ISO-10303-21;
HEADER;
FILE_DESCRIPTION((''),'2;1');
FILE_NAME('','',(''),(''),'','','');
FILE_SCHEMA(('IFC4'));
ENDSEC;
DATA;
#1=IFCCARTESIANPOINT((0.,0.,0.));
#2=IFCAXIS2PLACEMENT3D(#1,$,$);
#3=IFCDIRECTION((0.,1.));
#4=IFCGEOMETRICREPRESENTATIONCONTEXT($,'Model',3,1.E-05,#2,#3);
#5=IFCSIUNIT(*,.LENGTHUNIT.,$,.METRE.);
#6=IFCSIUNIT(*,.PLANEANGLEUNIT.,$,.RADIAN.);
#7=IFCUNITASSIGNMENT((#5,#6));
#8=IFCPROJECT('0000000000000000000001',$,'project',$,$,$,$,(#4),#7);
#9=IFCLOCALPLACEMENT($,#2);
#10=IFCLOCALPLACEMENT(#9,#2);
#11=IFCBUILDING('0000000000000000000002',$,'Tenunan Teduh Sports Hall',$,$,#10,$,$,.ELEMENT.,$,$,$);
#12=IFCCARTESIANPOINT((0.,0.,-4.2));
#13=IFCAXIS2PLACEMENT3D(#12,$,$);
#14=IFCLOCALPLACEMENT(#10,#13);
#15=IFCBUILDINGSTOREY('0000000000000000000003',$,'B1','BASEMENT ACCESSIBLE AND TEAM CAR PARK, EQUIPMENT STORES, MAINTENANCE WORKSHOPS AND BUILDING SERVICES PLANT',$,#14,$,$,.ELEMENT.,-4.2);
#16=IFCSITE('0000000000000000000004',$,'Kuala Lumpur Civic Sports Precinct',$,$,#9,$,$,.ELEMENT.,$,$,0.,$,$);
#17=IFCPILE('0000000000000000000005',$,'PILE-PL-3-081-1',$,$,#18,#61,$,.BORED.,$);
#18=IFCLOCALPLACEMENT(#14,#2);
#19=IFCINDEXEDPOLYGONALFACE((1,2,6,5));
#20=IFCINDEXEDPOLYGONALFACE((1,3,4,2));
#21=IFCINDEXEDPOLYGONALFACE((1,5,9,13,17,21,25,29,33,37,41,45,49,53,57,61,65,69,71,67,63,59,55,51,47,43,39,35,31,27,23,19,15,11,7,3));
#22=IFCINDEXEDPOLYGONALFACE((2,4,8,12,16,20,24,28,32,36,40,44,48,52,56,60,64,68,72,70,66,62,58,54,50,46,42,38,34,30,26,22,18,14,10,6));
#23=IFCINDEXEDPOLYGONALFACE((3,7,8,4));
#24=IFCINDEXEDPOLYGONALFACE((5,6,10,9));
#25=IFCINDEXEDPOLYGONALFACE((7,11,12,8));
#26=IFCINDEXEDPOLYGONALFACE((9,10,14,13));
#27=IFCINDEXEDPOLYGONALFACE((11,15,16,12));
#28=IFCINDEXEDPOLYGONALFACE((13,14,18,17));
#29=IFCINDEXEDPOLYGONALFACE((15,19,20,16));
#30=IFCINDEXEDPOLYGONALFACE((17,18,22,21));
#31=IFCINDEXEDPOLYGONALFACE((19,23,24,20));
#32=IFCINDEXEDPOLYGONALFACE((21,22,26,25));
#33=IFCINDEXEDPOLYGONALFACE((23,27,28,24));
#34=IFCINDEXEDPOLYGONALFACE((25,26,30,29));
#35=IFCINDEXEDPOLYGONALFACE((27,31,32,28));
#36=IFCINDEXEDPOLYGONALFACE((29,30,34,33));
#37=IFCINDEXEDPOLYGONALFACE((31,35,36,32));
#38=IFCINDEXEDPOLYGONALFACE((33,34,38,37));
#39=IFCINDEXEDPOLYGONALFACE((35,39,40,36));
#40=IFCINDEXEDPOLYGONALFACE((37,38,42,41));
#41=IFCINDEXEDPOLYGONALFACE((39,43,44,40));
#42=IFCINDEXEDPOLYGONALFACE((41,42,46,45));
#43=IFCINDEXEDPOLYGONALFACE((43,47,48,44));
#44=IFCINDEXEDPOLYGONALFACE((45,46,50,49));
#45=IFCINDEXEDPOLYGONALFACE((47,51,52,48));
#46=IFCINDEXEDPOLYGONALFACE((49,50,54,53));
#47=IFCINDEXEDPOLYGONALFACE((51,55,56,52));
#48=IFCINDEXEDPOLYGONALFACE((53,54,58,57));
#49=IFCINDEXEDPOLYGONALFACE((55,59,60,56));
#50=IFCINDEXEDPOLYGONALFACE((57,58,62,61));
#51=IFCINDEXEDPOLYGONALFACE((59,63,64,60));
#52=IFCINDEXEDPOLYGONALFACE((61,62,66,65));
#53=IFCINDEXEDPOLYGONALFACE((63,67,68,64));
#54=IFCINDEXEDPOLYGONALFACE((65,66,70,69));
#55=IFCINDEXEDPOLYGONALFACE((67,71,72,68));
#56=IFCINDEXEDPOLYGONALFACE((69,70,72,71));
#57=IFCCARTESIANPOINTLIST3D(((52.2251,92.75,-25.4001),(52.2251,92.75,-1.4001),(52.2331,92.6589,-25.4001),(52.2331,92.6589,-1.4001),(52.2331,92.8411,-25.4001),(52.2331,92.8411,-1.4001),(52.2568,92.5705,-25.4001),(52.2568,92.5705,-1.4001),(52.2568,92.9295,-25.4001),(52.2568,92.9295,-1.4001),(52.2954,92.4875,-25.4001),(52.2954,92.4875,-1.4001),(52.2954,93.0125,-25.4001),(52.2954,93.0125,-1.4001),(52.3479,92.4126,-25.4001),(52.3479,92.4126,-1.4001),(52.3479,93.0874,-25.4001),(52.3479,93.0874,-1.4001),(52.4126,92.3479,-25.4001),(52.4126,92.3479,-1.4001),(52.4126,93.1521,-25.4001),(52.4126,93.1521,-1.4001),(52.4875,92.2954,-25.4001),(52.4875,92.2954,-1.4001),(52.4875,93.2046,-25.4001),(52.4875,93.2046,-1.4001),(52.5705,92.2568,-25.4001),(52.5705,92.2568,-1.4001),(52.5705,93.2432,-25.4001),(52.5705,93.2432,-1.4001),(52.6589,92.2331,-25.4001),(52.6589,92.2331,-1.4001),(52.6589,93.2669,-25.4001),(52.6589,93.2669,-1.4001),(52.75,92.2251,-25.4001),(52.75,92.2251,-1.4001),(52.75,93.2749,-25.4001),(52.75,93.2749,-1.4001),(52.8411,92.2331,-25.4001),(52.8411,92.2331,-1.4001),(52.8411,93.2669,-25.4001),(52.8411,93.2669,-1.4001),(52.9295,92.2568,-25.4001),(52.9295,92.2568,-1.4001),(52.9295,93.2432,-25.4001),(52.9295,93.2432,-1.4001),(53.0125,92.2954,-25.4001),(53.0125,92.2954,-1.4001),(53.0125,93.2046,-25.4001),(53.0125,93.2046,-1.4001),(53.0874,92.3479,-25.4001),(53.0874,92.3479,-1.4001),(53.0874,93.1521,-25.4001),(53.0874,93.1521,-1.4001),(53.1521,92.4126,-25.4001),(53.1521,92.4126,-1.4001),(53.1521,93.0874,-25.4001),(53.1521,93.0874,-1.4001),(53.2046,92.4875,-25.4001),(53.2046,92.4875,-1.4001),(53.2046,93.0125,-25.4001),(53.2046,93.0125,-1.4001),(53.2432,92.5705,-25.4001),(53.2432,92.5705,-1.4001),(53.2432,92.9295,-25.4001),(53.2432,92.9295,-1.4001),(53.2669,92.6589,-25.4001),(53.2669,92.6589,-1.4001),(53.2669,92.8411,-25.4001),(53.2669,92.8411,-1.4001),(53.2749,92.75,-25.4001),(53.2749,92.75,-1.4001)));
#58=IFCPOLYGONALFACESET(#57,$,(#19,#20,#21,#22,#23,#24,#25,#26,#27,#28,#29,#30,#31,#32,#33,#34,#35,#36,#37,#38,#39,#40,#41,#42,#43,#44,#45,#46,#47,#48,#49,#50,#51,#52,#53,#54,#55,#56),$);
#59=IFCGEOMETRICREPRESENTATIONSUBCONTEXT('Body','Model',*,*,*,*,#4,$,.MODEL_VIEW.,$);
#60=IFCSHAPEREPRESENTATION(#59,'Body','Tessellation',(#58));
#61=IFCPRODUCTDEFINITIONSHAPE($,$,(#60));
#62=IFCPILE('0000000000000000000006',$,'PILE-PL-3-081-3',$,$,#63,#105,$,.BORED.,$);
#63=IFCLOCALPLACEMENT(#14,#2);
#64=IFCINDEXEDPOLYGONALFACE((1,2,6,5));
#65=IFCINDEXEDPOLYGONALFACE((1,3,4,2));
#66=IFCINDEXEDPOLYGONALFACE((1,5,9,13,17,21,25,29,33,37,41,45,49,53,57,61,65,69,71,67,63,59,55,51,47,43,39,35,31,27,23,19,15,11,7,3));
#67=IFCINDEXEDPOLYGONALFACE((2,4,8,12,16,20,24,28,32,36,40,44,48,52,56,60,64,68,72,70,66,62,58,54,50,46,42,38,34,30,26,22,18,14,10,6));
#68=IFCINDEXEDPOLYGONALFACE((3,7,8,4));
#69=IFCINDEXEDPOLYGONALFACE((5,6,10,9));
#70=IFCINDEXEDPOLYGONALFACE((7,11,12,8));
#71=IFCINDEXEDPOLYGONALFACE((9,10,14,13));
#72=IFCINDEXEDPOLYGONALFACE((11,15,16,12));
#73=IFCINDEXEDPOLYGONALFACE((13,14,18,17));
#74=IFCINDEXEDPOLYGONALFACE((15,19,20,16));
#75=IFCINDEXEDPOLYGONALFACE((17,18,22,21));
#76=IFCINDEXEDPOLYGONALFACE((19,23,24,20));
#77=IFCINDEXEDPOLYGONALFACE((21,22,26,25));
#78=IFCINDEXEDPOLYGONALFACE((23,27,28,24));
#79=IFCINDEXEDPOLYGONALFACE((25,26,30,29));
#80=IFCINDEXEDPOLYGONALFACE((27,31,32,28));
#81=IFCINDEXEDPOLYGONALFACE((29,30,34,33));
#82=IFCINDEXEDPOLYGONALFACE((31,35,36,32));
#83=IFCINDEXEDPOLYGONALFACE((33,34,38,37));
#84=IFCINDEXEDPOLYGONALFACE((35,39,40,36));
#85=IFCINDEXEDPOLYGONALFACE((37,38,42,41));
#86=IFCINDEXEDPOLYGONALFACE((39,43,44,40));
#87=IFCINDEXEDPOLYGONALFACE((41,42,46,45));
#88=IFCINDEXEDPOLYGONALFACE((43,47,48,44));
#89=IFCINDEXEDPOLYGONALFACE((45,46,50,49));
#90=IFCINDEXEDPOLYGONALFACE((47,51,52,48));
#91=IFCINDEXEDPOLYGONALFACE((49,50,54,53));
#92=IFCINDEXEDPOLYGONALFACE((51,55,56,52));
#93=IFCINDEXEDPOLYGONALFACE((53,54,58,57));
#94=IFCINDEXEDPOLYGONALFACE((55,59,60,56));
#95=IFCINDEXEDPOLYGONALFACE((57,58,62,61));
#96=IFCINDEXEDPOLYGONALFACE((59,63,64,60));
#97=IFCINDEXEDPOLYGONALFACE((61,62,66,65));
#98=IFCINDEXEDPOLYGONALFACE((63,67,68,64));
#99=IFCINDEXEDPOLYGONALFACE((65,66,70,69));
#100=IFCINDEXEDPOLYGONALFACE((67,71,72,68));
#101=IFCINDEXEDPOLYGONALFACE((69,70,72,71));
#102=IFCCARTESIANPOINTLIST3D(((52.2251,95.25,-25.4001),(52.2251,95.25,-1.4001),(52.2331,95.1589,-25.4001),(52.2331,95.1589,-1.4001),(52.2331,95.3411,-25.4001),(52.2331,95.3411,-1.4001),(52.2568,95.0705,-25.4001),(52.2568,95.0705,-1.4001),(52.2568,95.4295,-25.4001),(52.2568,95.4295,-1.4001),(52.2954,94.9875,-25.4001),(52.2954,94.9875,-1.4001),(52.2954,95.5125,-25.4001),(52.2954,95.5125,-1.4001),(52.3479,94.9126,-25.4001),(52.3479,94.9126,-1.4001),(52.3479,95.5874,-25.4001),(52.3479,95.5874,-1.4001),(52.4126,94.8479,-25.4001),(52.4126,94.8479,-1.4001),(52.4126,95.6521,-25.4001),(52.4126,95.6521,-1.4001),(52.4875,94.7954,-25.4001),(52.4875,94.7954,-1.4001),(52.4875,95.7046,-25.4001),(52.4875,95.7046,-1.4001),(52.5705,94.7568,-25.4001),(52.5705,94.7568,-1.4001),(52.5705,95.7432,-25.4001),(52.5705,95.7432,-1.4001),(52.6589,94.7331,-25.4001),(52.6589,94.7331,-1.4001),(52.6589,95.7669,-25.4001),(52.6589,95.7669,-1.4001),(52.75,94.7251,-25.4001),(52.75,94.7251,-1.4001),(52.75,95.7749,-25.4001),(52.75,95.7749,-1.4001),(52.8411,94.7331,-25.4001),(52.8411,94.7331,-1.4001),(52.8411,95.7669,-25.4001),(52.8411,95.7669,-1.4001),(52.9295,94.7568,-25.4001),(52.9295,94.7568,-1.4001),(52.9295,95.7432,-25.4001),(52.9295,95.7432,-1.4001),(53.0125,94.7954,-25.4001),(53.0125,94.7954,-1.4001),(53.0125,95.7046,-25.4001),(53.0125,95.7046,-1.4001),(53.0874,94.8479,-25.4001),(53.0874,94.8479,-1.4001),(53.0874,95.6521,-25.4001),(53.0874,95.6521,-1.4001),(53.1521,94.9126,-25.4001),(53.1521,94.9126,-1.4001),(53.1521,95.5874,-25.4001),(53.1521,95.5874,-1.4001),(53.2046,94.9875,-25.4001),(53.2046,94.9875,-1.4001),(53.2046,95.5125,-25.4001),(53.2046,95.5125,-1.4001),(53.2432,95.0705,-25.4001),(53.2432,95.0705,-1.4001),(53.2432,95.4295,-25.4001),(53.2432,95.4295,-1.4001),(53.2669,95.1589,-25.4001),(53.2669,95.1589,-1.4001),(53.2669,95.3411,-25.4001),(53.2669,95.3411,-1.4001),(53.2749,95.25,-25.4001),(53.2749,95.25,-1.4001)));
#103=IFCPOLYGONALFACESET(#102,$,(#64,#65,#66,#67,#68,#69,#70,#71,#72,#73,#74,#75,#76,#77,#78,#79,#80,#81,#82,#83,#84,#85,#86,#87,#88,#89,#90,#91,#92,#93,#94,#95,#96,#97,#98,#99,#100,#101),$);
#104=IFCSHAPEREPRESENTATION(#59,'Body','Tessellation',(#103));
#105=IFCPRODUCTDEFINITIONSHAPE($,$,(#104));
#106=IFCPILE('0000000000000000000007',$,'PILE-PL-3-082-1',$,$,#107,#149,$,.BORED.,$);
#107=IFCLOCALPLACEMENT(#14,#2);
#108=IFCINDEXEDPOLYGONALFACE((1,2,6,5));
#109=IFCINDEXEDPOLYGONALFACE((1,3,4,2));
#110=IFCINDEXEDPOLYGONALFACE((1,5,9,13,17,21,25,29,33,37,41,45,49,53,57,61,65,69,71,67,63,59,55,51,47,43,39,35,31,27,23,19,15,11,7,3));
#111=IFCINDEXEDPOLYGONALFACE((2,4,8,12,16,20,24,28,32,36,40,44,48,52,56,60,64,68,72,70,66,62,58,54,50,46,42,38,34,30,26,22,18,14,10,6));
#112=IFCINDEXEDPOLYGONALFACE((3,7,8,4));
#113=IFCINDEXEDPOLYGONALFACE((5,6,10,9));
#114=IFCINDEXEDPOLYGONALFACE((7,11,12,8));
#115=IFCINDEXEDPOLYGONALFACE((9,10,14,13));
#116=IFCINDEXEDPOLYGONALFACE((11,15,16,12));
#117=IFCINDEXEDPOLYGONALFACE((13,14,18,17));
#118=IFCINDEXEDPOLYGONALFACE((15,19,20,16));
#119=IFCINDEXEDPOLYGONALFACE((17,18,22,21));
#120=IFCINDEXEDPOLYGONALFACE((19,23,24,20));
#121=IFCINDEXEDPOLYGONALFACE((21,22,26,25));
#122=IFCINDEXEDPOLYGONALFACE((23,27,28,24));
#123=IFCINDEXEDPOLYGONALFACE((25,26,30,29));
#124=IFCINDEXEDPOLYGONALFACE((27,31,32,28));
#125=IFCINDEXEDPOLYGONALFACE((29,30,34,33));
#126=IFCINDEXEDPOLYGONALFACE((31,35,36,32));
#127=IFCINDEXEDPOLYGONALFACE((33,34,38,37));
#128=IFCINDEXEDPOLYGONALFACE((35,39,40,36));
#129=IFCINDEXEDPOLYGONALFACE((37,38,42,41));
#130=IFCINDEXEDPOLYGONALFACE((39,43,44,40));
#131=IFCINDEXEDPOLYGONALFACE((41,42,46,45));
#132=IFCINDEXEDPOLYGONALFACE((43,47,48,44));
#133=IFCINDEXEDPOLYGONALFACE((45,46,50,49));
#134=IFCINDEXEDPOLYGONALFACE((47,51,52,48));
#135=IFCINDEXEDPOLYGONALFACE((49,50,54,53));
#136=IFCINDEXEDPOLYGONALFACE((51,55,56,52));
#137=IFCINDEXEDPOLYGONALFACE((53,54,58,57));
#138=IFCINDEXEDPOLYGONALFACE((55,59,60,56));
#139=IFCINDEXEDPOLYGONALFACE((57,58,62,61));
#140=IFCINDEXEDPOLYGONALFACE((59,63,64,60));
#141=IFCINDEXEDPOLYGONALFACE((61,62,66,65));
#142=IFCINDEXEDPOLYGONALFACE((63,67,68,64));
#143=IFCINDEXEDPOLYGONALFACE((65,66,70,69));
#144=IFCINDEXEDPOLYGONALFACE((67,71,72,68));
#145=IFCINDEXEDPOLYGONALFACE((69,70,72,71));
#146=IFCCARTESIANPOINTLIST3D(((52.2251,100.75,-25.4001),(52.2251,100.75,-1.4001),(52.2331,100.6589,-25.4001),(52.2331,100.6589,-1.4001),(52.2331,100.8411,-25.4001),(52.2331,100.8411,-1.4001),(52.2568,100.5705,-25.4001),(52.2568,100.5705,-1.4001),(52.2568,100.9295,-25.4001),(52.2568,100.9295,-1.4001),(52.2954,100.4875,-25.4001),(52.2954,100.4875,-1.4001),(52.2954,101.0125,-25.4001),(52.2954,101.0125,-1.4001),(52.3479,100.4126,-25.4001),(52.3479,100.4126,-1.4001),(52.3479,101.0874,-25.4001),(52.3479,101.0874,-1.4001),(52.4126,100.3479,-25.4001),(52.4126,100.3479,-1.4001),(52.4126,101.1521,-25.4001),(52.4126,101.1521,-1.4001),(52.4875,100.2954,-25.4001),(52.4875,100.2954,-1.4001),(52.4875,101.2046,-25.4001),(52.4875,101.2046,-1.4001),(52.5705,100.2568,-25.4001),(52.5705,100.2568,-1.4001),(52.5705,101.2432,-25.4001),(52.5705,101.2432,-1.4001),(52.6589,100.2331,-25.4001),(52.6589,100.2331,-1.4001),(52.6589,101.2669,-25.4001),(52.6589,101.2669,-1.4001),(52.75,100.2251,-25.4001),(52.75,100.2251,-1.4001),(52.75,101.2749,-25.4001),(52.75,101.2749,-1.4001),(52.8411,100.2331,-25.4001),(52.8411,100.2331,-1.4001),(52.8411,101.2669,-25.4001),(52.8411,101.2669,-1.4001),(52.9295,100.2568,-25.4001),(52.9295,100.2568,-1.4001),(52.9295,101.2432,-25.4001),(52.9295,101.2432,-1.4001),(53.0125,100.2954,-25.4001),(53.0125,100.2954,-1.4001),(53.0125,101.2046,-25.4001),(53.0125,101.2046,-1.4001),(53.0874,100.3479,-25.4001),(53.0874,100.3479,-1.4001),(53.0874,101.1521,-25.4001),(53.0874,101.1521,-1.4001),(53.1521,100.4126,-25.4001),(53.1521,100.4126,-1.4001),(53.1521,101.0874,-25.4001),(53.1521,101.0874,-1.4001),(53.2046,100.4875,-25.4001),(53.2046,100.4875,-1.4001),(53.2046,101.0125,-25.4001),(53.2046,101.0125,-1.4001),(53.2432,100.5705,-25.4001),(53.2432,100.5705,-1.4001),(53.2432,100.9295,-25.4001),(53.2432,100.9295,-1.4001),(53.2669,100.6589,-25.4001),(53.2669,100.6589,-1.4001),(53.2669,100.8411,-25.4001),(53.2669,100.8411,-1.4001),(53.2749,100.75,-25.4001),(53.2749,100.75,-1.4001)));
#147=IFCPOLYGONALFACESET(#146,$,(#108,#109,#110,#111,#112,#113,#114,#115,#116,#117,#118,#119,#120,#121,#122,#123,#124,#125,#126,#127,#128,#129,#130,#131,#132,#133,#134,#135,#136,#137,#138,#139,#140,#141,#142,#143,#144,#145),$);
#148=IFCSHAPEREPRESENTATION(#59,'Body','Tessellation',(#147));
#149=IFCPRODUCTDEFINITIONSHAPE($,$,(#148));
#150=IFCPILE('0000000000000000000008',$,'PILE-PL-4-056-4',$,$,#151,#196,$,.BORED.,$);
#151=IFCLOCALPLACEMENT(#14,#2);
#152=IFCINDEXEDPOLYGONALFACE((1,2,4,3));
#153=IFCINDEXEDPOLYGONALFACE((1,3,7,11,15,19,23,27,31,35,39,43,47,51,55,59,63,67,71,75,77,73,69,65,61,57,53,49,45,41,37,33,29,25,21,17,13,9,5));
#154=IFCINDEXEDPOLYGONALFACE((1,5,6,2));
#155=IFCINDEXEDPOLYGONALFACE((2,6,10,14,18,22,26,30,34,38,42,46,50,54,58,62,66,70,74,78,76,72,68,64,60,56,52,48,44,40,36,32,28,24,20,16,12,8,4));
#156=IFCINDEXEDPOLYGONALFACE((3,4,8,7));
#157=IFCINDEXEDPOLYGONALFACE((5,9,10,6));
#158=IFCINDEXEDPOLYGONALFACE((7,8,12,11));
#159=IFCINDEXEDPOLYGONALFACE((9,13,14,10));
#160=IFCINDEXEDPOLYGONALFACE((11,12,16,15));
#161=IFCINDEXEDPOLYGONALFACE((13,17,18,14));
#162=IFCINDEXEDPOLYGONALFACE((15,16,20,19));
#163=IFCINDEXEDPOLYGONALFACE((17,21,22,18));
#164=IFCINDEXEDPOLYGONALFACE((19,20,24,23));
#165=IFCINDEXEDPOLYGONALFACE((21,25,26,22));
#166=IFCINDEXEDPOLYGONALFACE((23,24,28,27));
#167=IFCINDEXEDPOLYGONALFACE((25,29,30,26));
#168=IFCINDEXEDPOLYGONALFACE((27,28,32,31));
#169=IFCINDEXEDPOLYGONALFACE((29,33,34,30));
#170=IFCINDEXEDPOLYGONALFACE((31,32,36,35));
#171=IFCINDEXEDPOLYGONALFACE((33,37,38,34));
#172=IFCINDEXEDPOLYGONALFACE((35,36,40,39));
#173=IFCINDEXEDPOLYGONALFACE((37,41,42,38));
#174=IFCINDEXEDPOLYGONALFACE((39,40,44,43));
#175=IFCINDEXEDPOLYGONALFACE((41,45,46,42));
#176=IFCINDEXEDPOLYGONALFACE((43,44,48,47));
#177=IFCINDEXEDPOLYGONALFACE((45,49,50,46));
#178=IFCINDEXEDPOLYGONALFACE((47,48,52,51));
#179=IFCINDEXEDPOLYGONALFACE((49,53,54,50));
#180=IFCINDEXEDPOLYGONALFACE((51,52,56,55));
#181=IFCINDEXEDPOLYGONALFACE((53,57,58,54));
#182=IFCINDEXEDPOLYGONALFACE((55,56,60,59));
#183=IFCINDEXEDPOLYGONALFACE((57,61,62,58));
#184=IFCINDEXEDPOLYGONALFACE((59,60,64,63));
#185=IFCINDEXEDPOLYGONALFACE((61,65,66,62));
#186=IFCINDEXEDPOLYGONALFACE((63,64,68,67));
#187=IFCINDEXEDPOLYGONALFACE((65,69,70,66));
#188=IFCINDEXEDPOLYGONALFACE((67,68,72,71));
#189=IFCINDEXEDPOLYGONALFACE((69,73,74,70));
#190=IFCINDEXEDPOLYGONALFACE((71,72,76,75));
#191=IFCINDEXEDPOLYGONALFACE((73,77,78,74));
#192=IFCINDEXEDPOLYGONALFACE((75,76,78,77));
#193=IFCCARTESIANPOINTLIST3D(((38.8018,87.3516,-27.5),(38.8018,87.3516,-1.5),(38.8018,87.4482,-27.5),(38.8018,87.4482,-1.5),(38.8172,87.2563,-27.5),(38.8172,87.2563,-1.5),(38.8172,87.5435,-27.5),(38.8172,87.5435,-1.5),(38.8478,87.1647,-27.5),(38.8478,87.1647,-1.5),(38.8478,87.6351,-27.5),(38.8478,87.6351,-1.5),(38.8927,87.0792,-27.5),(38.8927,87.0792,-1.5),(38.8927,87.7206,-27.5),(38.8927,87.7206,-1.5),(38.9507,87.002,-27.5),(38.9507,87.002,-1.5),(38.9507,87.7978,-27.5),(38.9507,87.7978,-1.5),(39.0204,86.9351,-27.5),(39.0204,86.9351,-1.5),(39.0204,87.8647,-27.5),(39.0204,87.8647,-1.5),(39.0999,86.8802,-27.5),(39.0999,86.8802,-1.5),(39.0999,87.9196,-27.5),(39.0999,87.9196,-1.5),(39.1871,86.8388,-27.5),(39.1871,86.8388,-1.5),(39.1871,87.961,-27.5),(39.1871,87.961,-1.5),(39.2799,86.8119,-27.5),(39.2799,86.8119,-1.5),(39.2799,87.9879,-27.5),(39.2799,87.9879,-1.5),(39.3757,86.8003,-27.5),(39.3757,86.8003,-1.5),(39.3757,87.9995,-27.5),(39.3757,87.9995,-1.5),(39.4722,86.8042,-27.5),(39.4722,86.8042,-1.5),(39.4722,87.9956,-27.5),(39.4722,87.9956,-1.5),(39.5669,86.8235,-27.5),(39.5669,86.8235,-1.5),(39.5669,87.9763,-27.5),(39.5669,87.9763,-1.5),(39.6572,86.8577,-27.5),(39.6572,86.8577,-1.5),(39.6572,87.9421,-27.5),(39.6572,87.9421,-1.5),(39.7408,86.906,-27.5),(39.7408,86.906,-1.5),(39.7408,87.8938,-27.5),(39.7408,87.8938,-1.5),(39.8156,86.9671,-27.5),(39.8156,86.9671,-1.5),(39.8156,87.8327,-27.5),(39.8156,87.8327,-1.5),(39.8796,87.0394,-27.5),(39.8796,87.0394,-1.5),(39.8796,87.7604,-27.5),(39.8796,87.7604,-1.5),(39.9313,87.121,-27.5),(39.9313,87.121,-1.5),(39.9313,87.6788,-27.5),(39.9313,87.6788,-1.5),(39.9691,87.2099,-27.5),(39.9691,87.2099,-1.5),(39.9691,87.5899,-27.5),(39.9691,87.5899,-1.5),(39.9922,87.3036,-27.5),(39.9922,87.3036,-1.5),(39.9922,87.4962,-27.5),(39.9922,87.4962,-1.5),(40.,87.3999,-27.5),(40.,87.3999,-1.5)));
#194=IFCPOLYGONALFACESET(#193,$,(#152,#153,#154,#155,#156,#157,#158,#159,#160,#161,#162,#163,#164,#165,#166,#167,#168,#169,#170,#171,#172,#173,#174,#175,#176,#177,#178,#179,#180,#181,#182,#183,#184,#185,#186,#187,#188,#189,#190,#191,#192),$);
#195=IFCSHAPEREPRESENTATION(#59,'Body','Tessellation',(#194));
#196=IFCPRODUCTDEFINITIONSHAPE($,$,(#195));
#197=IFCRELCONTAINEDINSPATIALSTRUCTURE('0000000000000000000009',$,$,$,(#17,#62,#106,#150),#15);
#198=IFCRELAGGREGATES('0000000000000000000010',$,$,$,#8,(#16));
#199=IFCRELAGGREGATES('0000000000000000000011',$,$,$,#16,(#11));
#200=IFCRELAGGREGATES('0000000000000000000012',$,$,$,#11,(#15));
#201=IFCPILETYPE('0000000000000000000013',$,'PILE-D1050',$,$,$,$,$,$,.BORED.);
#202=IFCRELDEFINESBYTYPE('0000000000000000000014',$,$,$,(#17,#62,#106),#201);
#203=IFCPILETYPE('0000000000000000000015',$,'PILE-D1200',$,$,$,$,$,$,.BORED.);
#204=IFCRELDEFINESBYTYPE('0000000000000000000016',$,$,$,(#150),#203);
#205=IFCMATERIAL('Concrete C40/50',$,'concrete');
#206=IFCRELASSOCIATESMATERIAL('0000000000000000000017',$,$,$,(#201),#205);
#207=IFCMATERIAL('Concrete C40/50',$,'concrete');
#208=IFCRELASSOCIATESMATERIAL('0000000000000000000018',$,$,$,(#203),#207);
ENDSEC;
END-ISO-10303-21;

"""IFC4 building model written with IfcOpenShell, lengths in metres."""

from ifc_helpers import new_model, si_unit, direction, frame, origin, origin_2d, place, context, subcontext, project, spatial, circle, extrude, material, material_profile, profile_set, type_object, element, save


model = new_model("IFC4")

# Units and contexts
model_context = context("Model", 3, precision=1e-05, world=origin(), true_north=direction((0.0, 1.0)))
body_context = subcontext(model_context, "Body", "Model", "MODEL_VIEW")
ifc_project = project(units=[si_unit("LENGTHUNIT", "METRE"), si_unit("PLANEANGLEUNIT", "RADIAN")], contexts=[model_context])

# Site, building, storey
site_placement = place(None, origin())
site = spatial("IfcSite", under=ifc_project, at=site_placement, Name="Kuala Lumpur Civic Sports Precinct", CompositionType="ELEMENT", RefElevation=0.0)
building_placement = place(site_placement, origin())
building = spatial("IfcBuilding", under=site, at=building_placement, Name="Tenunan Teduh Sports Hall", CompositionType="ELEMENT")
storey_placement = place(building_placement, frame((0.0, 0.0, -4.2)))
storey = spatial("IfcBuildingStorey", under=building, at=storey_placement, Name="B1", Description="BASEMENT ACCESSIBLE AND TEAM CAR PARK, EQUIPMENT STORES, MAINTENANCE WORKSHOPS AND BUILDING SERVICES PLANT", CompositionType="ELEMENT", Elevation=-4.2)

# Piles
ifc_material_1 = material(Name="Concrete C40/50", Category="concrete")
ifc_material_profile_1 = material_profile(ifc_material_1, circle(Radius=0.5249, at=origin_2d()), Name="PILE D1050")
ifc_profile_set_1 = profile_set([ifc_material_profile_1], Name="Concrete C40/50")
pile_type_1 = type_object("IfcPileType", Name="PILE-D1050", PredefinedType="BORED", material=ifc_profile_set_1)
for number, where, z_axis, x_axis, name in (
    (1, (52.75, 92.75, -1.4001), (0.0, 0.0, -1.0), (1.0, 0.0, 0.0), "PILE-PL-3-081-1"),
    (2, (52.75, 95.25, -1.4001), (0.0, 0.0, -1.0), (1.0, 0.0, 0.0), "PILE-PL-3-081-3"),
    (3, (52.75, 100.75, -1.4001), (0.0, 0.0, -1.0), (1.0, 0.0, 0.0), "PILE-PL-3-082-1"),
):
    element("IfcPile", number, at=place(storey_placement, frame(where, z_axis=z_axis, x_axis=x_axis)), inside=storey, type_object=pile_type_1, Name=name, PredefinedType="BORED", context=body_context, shape_type="SweptSolid", body=[
        extrude(circle(Radius=0.5249, at=origin_2d()), origin(), (0.0, 0.0, 1.0), 24.0),
    ])
ifc_material_2 = material(Name="Concrete C40/50", Category="concrete")
ifc_material_profile_2 = material_profile(ifc_material_2, circle(Radius=0.6001, at=origin_2d()), Name="PILE D1200")
ifc_profile_set_2 = profile_set([ifc_material_profile_2], Name="Concrete C40/50")
pile_type_2 = type_object("IfcPileType", Name="PILE-D1200", PredefinedType="BORED", material=ifc_profile_set_2)
for number, where, z_axis, x_axis, name in (
    (4, (39.3999, 87.3999, -1.5), (0.0, 0.0, -1.0), (1.0, 0.0, 0.0), "PILE-PL-4-056-4"),
):
    element("IfcPile", number, at=place(storey_placement, frame(where, z_axis=z_axis, x_axis=x_axis)), inside=storey, type_object=pile_type_2, Name=name, PredefinedType="BORED", context=body_context, shape_type="SweptSolid", body=[
        extrude(circle(Radius=0.6001, at=origin_2d()), origin(), (0.0, 0.0, 1.0), 26.0),
    ])

save(model, "model.ifc")
